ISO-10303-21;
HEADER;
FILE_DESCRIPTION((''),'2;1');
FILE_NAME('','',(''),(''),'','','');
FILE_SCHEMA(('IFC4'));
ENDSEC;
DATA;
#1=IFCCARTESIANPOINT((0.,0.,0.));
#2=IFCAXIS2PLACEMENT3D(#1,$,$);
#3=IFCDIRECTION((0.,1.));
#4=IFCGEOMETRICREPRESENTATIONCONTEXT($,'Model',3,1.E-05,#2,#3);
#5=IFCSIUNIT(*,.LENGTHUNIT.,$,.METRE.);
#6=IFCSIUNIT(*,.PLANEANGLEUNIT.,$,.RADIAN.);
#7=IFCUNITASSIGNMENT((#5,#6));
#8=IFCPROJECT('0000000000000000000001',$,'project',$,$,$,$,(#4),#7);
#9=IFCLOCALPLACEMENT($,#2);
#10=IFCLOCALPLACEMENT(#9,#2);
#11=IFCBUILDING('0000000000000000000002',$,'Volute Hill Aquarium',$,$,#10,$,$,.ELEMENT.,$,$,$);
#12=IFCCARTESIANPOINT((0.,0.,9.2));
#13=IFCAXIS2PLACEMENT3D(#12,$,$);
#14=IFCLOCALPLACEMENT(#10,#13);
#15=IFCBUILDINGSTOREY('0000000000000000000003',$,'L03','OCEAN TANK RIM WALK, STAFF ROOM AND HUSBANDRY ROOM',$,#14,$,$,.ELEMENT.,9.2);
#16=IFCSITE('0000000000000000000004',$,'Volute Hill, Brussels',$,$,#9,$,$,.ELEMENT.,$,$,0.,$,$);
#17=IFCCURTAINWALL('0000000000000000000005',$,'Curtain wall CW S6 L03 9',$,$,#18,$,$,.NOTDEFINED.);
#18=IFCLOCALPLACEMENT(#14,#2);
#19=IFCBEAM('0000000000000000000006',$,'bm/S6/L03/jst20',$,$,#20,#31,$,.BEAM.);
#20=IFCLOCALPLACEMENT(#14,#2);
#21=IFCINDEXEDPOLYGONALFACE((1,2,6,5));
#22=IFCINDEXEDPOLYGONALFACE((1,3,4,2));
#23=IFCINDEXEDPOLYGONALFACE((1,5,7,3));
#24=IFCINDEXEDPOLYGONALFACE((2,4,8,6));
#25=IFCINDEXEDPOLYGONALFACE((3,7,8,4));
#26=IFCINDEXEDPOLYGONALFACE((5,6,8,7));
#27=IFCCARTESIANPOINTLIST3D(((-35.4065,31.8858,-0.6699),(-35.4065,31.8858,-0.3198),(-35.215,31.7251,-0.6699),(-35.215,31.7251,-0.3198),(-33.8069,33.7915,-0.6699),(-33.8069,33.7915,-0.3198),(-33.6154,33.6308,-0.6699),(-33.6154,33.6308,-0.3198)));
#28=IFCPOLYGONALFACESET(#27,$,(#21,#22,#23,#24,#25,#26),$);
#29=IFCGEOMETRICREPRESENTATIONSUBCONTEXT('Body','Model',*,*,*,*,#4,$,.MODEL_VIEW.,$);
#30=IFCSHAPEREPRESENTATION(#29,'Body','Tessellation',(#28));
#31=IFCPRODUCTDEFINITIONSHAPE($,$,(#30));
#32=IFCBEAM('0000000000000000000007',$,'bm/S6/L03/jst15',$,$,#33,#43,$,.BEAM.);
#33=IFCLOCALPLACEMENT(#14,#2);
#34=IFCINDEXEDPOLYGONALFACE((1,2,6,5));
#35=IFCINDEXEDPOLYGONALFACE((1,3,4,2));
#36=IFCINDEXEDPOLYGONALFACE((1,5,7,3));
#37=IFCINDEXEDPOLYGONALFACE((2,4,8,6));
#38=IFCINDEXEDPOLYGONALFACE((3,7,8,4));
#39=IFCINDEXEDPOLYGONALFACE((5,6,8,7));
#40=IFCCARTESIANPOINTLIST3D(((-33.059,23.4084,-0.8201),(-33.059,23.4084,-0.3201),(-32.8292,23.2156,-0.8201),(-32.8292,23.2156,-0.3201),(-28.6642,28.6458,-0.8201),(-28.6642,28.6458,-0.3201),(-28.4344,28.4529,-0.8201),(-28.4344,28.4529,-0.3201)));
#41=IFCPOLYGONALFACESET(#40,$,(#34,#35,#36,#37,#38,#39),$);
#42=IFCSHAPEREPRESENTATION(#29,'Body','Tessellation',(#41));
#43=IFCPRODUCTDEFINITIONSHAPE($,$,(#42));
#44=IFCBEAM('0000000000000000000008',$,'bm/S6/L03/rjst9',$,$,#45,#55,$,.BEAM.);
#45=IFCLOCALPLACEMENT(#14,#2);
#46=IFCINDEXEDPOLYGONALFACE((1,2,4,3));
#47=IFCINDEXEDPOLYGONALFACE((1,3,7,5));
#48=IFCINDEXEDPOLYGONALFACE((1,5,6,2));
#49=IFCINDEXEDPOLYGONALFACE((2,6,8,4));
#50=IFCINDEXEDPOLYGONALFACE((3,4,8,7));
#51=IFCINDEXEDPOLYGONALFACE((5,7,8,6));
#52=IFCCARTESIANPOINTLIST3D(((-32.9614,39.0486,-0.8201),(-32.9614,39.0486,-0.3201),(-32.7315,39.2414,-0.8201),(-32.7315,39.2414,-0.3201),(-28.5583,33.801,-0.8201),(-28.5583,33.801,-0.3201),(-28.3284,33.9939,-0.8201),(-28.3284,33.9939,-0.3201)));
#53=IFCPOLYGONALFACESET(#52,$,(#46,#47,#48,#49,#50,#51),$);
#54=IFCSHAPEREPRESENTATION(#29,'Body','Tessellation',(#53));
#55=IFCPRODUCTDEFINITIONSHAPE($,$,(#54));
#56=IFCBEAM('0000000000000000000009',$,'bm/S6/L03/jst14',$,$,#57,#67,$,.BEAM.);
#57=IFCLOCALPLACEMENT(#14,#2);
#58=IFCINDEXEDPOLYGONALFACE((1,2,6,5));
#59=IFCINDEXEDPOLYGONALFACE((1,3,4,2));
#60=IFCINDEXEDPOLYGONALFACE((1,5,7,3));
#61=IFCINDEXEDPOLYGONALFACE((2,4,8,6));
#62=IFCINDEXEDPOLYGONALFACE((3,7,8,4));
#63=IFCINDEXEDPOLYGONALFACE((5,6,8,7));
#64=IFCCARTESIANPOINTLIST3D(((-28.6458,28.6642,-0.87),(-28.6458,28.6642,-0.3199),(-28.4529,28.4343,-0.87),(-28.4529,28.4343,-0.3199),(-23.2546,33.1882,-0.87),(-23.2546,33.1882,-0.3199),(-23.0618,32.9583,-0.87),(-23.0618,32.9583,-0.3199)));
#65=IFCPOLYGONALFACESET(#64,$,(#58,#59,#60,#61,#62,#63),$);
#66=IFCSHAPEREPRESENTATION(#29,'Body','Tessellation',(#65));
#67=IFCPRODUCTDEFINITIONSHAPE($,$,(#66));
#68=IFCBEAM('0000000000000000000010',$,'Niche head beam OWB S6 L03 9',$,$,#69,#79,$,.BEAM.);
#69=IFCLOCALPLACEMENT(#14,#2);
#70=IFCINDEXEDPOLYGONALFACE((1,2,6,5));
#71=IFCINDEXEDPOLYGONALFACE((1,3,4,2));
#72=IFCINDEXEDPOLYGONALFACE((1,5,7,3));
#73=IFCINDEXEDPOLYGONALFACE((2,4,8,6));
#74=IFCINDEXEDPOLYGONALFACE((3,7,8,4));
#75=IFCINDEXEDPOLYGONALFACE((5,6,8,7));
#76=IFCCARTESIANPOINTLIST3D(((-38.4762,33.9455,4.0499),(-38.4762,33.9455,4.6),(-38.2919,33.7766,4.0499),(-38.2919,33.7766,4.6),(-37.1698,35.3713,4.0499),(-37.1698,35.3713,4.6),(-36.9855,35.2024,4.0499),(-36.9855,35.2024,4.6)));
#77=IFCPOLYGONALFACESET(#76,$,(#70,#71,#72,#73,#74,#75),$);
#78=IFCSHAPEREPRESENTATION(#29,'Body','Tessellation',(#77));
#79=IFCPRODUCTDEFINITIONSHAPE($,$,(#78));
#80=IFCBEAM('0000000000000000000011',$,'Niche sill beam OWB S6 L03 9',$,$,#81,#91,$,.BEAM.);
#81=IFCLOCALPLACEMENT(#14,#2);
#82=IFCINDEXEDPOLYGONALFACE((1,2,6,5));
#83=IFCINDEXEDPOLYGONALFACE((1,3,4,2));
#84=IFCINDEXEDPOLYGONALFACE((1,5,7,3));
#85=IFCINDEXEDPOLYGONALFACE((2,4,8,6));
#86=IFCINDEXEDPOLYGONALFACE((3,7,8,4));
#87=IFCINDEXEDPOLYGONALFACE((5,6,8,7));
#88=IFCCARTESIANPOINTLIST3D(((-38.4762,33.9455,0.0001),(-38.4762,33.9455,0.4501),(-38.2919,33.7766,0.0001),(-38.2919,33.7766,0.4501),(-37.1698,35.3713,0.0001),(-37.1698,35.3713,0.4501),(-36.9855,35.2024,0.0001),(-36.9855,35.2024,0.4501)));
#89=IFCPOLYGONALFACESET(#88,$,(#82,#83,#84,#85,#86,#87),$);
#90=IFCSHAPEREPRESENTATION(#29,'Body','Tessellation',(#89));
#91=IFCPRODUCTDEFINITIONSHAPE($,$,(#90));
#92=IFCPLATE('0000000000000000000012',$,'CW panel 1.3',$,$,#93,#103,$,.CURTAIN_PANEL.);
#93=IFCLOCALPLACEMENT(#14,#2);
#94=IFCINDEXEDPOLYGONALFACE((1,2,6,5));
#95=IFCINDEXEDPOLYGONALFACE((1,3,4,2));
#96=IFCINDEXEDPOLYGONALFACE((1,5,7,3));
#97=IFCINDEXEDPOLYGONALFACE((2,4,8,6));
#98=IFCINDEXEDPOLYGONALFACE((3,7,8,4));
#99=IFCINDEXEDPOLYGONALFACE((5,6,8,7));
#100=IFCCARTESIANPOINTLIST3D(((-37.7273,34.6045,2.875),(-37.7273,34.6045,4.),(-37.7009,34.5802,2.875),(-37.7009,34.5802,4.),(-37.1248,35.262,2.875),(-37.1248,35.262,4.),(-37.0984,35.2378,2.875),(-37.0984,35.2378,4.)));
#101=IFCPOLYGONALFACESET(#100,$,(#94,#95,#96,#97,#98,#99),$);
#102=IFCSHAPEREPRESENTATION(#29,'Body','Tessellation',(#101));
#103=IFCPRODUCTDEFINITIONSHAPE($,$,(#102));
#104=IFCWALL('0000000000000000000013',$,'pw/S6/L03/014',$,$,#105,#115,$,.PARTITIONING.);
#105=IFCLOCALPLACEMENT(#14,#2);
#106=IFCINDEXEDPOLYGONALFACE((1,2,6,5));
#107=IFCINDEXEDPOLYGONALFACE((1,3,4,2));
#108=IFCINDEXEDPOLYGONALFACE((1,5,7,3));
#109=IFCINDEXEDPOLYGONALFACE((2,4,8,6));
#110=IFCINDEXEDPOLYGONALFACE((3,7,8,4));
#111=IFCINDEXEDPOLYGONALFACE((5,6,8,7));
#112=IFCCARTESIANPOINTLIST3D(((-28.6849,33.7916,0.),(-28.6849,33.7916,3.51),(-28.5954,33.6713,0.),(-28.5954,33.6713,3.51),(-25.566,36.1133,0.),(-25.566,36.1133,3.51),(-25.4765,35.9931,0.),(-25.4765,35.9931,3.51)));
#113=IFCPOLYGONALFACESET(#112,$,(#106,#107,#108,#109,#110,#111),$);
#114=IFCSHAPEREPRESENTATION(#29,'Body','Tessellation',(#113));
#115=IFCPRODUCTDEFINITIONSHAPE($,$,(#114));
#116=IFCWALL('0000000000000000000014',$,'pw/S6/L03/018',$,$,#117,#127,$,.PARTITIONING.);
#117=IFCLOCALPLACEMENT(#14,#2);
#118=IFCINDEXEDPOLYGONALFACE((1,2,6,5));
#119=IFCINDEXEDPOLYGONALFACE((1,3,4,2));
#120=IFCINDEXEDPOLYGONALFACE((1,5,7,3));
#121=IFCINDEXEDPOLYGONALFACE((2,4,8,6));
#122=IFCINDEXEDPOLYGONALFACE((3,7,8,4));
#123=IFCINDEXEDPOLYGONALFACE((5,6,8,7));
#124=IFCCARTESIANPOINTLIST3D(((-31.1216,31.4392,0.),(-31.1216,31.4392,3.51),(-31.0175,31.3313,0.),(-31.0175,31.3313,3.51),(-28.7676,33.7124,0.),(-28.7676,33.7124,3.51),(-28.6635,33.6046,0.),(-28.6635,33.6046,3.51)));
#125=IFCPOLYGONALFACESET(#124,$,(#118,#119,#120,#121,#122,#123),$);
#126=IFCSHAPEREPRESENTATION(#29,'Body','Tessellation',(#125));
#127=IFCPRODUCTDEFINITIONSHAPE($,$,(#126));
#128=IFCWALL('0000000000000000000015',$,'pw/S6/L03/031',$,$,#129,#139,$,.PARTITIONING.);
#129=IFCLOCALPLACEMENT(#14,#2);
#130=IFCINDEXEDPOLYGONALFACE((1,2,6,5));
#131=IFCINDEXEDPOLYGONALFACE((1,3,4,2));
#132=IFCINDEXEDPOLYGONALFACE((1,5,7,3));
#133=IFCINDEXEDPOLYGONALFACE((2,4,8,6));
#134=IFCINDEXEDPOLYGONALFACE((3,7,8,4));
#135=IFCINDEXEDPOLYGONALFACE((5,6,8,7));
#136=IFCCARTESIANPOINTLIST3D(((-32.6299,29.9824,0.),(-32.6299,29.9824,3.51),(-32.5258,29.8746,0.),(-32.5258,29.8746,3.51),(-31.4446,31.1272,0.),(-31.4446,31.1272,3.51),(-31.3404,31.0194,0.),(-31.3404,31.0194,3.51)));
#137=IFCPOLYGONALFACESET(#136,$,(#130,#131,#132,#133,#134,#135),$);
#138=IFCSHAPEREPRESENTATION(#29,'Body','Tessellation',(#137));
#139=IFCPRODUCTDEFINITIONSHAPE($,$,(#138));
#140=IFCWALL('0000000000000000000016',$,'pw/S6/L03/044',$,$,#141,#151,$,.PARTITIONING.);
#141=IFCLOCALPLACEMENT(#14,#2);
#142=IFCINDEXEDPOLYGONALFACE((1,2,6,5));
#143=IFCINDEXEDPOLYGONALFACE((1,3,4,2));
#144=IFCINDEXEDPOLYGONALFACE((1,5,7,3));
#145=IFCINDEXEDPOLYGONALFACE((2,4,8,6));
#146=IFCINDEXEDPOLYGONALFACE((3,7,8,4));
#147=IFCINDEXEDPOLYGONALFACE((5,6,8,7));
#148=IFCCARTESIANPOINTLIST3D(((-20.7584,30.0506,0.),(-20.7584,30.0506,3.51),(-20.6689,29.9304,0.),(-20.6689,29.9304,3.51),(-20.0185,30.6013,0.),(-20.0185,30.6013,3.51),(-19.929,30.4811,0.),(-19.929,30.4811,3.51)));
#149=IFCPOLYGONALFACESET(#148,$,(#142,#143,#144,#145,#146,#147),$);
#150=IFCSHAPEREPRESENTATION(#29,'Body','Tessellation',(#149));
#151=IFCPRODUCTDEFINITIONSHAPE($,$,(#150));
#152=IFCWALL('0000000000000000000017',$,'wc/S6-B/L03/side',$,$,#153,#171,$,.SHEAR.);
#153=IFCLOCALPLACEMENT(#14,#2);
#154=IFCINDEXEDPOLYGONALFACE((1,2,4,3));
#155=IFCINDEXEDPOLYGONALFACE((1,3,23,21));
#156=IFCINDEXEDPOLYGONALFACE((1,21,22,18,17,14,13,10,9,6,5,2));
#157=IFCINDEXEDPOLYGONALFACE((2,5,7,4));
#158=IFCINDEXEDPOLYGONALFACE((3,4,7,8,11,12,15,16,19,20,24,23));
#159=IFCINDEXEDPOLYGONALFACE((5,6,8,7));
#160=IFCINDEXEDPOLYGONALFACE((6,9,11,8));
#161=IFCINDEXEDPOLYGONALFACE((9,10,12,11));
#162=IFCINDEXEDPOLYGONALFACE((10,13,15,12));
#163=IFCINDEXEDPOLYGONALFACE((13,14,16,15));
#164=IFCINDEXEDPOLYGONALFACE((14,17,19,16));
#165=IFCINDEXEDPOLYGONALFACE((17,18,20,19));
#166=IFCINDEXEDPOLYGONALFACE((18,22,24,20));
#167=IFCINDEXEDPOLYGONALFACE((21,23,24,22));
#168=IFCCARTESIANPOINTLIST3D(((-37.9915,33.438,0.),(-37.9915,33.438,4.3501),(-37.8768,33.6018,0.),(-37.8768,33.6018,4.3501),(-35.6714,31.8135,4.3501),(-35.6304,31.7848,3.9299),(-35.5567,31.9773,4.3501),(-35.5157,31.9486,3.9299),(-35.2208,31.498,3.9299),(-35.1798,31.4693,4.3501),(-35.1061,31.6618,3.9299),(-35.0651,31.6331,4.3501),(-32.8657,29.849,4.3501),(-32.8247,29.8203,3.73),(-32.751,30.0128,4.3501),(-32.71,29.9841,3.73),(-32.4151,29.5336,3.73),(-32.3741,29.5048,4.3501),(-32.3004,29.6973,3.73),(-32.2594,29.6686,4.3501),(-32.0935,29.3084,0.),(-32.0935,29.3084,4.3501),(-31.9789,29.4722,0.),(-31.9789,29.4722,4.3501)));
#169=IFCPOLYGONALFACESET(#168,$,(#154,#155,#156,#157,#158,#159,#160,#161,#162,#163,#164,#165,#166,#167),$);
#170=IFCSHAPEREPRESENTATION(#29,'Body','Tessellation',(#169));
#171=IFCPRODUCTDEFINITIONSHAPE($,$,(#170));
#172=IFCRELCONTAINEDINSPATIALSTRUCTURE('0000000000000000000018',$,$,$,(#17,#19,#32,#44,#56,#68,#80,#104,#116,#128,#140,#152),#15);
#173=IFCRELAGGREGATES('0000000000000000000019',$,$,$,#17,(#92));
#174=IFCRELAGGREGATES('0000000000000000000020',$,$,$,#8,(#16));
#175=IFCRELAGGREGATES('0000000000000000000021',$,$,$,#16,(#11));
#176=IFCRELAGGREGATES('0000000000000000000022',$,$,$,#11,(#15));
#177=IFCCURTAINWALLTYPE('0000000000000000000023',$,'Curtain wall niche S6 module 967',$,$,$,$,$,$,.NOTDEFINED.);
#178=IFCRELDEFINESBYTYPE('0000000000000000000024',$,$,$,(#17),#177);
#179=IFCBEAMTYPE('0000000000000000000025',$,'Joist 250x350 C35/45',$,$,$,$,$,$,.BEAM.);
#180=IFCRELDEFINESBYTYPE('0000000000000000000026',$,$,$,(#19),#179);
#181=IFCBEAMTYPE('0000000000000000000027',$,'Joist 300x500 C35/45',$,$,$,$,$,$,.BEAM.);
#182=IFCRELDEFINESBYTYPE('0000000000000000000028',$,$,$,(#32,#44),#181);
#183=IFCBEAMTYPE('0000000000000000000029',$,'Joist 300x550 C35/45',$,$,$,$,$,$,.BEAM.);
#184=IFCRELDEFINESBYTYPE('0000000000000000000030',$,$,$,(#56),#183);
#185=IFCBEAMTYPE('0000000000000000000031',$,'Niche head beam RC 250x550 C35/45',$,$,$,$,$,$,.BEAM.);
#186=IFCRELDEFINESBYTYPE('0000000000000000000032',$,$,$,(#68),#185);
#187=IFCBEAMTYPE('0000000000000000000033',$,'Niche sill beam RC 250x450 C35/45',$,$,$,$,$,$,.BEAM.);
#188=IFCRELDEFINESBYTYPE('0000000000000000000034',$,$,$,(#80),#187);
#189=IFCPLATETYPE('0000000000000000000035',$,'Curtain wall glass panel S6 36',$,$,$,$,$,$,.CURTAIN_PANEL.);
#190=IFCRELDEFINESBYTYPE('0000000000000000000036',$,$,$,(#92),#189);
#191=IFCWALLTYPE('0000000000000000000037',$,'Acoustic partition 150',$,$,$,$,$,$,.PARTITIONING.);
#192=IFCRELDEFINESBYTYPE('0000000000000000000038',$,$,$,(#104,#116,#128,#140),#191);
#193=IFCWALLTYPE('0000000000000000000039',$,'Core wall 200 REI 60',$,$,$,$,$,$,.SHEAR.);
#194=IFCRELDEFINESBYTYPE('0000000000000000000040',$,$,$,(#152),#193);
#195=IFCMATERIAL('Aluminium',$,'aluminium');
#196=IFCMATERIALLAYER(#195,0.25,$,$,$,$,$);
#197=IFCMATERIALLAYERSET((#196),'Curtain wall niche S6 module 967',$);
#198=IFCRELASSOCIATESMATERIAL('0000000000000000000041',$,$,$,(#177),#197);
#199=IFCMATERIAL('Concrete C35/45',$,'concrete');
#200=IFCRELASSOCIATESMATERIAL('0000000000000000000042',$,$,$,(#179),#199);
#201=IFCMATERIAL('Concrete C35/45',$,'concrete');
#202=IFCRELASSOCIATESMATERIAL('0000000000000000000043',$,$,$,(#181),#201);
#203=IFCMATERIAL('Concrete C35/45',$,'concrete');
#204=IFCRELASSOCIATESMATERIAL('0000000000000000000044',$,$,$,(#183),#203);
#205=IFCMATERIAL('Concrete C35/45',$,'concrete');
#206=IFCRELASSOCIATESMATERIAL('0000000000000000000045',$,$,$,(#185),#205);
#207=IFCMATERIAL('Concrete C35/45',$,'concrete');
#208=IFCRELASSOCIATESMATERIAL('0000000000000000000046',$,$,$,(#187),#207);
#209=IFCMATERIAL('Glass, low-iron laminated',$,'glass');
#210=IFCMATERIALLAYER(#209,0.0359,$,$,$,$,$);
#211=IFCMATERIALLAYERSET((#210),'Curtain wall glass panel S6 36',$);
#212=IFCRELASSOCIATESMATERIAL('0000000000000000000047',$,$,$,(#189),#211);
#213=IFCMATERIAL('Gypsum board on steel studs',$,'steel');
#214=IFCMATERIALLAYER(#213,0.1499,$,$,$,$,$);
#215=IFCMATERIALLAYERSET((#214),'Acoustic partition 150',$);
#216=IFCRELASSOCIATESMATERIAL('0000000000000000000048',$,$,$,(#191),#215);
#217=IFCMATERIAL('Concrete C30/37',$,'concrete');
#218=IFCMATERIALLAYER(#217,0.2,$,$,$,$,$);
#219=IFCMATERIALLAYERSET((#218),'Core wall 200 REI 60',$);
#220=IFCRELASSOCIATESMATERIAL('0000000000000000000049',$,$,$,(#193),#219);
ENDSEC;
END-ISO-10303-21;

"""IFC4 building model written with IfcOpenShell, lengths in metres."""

from ifc_helpers import new_model, si_unit, direction, frame, frame_2d, origin, origin_2d, place, context, subcontext, project, spatial, polyline, rectangle, outline, extrude, material, layer, layer_set, material_profile, profile_set, type_object, element, aggregate, save


model = new_model("IFC4")

# Units and contexts
model_context = context("Model", 3, precision=1e-05, world=origin(), true_north=direction((0.0, 1.0)))
body_context = subcontext(model_context, "Body", "Model", "MODEL_VIEW")
ifc_project = project(units=[si_unit("LENGTHUNIT", "METRE"), si_unit("PLANEANGLEUNIT", "RADIAN")], contexts=[model_context])

# Site, building, storey
site_placement = place(None, origin())
site = spatial("IfcSite", under=ifc_project, at=site_placement, Name="Volute Hill, Brussels", CompositionType="ELEMENT", RefElevation=0.0)
building_placement = place(site_placement, origin())
building = spatial("IfcBuilding", under=site, at=building_placement, Name="Volute Hill Aquarium", CompositionType="ELEMENT")
storey_placement = place(building_placement, frame((0.0, 0.0, 9.2)))
storey = spatial("IfcBuildingStorey", under=building, at=storey_placement, Name="L03", Description="OCEAN TANK RIM WALK, STAFF ROOM AND HUSBANDRY ROOM", CompositionType="ELEMENT", Elevation=9.2)

# Curtain wall
ifc_material_1 = material(Name="Aluminium", Category="aluminium")
ifc_layer_1 = layer(ifc_material_1, 0.25)
ifc_layer_set_1 = layer_set([ifc_layer_1], Name="Curtain wall niche S6 module 967")
curtain_wall_type = type_object("IfcCurtainWallType", Name="Curtain wall niche S6 module 967", PredefinedType="NOTDEFINED", material=ifc_layer_set_1)
curtain_wall_placement = place(storey_placement, origin())
curtain_wall = element("IfcCurtainWall", 1, at=curtain_wall_placement, inside=storey, type_object=curtain_wall_type, Name="Curtain wall CW S6 L03 9", PredefinedType="NOTDEFINED")

# Beams
ifc_material_2 = material(Name="Concrete C35/45", Category="concrete")
ifc_material_profile_1 = material_profile(ifc_material_2, rectangle(XDim=0.25, YDim=0.3501, at=origin_2d()), Name="RC joist 250x350")
ifc_profile_set_1 = profile_set([ifc_material_profile_1], Name="Concrete C35/45")
beam_type_1 = type_object("IfcBeamType", Name="Joist 250x350 C35/45", PredefinedType="BEAM", material=ifc_profile_set_1)
beam_1_placement = place(storey_placement, frame((-33.7112, 33.7112, -0.4949), z_axis=(-0.642902, -0.765948, 0.0), x_axis=(0.765948, -0.642902, 0.0)))
element("IfcBeam", 2, at=beam_1_placement, inside=storey, type_object=beam_type_1, Name="bm/S6/L03/jst20", PredefinedType="BEAM", context=body_context, shape_type="SweptSolid", body=[
    extrude(rectangle(XDim=0.25, YDim=0.3501, at=origin_2d()), origin(), (0.0, 0.0, 1.0), 2.488),
])
ifc_material_3 = material(Name="Concrete C35/45", Category="concrete")
ifc_material_profile_2 = material_profile(ifc_material_3, rectangle(XDim=0.3, YDim=0.5, at=origin_2d()), Name="RC joist 300x500")
ifc_profile_set_2 = profile_set([ifc_material_profile_2], Name="Concrete C35/45")
beam_type_2 = type_object("IfcBeamType", Name="Joist 300x500 C35/45", PredefinedType="BEAM", material=ifc_profile_set_2)
beam_2_placement = place(storey_placement, frame((-28.5493, 28.5493, -0.5701), z_axis=(-0.642801, -0.766033, 0.0), x_axis=(0.766033, -0.642801, 0.0)))
element("IfcBeam", 3, at=beam_2_placement, inside=storey, type_object=beam_type_2, Name="bm/S6/L03/jst15", PredefinedType="BEAM", context=body_context, shape_type="SweptSolid", body=[
    extrude(rectangle(XDim=0.3, YDim=0.5, at=origin_2d()), origin(), (0.0, 0.0, 1.0), 6.8369),
])
beam_3_placement = place(storey_placement, frame((-28.4434, 33.8975, -0.5701), z_axis=(-0.642775, 0.766055, 0.0), x_axis=(-0.766055, -0.642775, 0.0)))
element("IfcBeam", 4, at=beam_3_placement, inside=storey, type_object=beam_type_2, Name="bm/S6/L03/rjst9", PredefinedType="BEAM", context=body_context, shape_type="SweptSolid", body=[
    extrude(rectangle(XDim=0.3, YDim=0.5, at=origin_2d()), origin(), (0.0, 0.0, 1.0), 6.8501),
])
ifc_material_4 = material(Name="Concrete C35/45", Category="concrete")
ifc_material_profile_3 = material_profile(ifc_material_4, rectangle(XDim=0.3, YDim=0.55, at=origin_2d()), Name="RC joist 300x550")
ifc_profile_set_3 = profile_set([ifc_material_profile_3], Name="Concrete C35/45")
beam_type_3 = type_object("IfcBeamType", Name="Joist 300x550 C35/45", PredefinedType="BEAM", material=ifc_profile_set_3)
beam_4_placement = place(storey_placement, frame((-23.1582, 33.0732, -0.595), z_axis=(-0.766027, -0.642808, 0.0), x_axis=(0.642808, -0.766027, 0.0)))
element("IfcBeam", 5, at=beam_4_placement, inside=storey, type_object=beam_type_3, Name="bm/S6/L03/jst14", PredefinedType="BEAM", context=body_context, shape_type="SweptSolid", body=[
    extrude(rectangle(XDim=0.3, YDim=0.55, at=origin_2d()), origin(), (0.0, 0.0, 1.0), 7.0378),
])
ifc_material_5 = material(Name="Concrete C35/45", Category="concrete")
ifc_material_profile_4 = material_profile(ifc_material_5, rectangle(XDim=0.25, YDim=0.55, at=origin_2d()), Name="RC beam 250x550")
ifc_profile_set_4 = profile_set([ifc_material_profile_4], Name="Concrete C35/45")
beam_type_4 = type_object("IfcBeamType", Name="Niche head beam RC 250x550 C35/45", PredefinedType="BEAM", material=ifc_profile_set_4)
beam_5_placement = place(storey_placement, frame((-37.0776, 35.2869, 4.325), z_axis=(-0.675565, -0.737301, 0.0), x_axis=(0.737301, -0.675565, 0.0)))
element("IfcBeam", 6, at=beam_5_placement, inside=storey, type_object=beam_type_4, Name="Niche head beam OWB S6 L03 9", PredefinedType="BEAM", context=body_context, shape_type="SweptSolid", body=[
    extrude(rectangle(XDim=0.25, YDim=0.55, at=origin_2d()), origin(), (0.0, 0.0, 1.0), 1.9338),
])
ifc_material_6 = material(Name="Concrete C35/45", Category="concrete")
ifc_material_profile_5 = material_profile(ifc_material_6, rectangle(XDim=0.25, YDim=0.45, at=origin_2d()), Name="RC beam 250x450")
ifc_profile_set_5 = profile_set([ifc_material_profile_5], Name="Concrete C35/45")
beam_type_5 = type_object("IfcBeamType", Name="Niche sill beam RC 250x450 C35/45", PredefinedType="BEAM", material=ifc_profile_set_5)
beam_6_placement = place(storey_placement, frame((-37.0776, 35.2869, 0.2251), z_axis=(-0.675565, -0.737301, 0.0), x_axis=(0.737301, -0.675565, 0.0)))
element("IfcBeam", 7, at=beam_6_placement, inside=storey, type_object=beam_type_5, Name="Niche sill beam OWB S6 L03 9", PredefinedType="BEAM", context=body_context, shape_type="SweptSolid", body=[
    extrude(rectangle(XDim=0.25, YDim=0.45, at=origin_2d()), origin(), (0.0, 0.0, 1.0), 1.9338),
])

# Plate
ifc_material_7 = material(Name="Glass, low-iron laminated", Category="glass")
ifc_layer_2 = layer(ifc_material_7, 0.0359)
ifc_layer_set_2 = layer_set([ifc_layer_2], Name="Curtain wall glass panel S6 36")
plate_type = type_object("IfcPlateType", Name="Curtain wall glass panel S6 36", PredefinedType="CURTAIN_PANEL", material=ifc_layer_set_2)
plate_placement = place(storey_placement, frame((-37.4128, 34.9211, 2.875), z_axis=(0.0, 0.0, 1.0), x_axis=(-0.675582, -0.737285, 0.0)))
plate = element("IfcPlate", 8, at=plate_placement, type_object=plate_type, Name="CW panel 1.3", PredefinedType="CURTAIN_PANEL", context=body_context, shape_type="SweptSolid", body=[
    extrude(rectangle(XDim=0.8918, YDim=0.0359, at=origin_2d()), origin(), (0.0, 0.0, 1.0), 1.125),
])
aggregate(curtain_wall, [plate])

# Walls
ifc_material_8 = material(Name="Gypsum board on steel studs", Category="steel")
ifc_layer_3 = layer(ifc_material_8, 0.1499)
ifc_layer_set_3 = layer_set([ifc_layer_3], Name="Acoustic partition 150")
wall_type_1 = type_object("IfcWallType", Name="Acoustic partition 150", PredefinedType="PARTITIONING", material=ifc_layer_set_3)
wall_1_placement = place(storey_placement, frame((-28.6401, 33.7314, 0.0), z_axis=(0.0, 0.0, 1.0), x_axis=(0.802142, 0.597133, 0.0)))
element("IfcWall", 9, at=wall_1_placement, inside=storey, type_object=wall_type_1, Name="pw/S6/L03/014", PredefinedType="PARTITIONING", context=body_context, shape_type="SweptSolid", body=[
    extrude(rectangle(XDim=3.8882, YDim=0.1499, at=frame_2d((1.9441, 0.0))), origin(), (0.0, 0.0, 1.0), 3.51),
])
wall_2_placement = place(storey_placement, frame((-31.0696, 31.3853, 0.0), z_axis=(0.0, 0.0, 1.0), x_axis=(0.719346, 0.694652, 0.0)))
element("IfcWall", 10, at=wall_2_placement, inside=storey, type_object=wall_type_1, Name="pw/S6/L03/018", PredefinedType="PARTITIONING", context=body_context, shape_type="SweptSolid", body=[
    extrude(rectangle(XDim=3.2725, YDim=0.1499, at=frame_2d((1.6362, 0.0))), origin(), (0.0, 0.0, 1.0), 3.51),
])
wall_3_placement = place(storey_placement, frame((-32.5779, 29.9285, 0.0), z_axis=(0.0, 0.0, 1.0), x_axis=(0.719297, 0.694703, 0.0)))
element("IfcWall", 11, at=wall_3_placement, inside=storey, type_object=wall_type_1, Name="pw/S6/L03/031", PredefinedType="PARTITIONING", context=body_context, shape_type="SweptSolid", body=[
    extrude(rectangle(XDim=1.6479, YDim=0.1499, at=frame_2d((0.824, 0.0))), origin(), (0.0, 0.0, 1.0), 3.51),
])
wall_4_placement = place(storey_placement, frame((-20.7136, 29.9905, 0.0), z_axis=(0.0, 0.0, 1.0), x_axis=(0.802186, 0.597074, 0.0)))
element("IfcWall", 12, at=wall_4_placement, inside=storey, type_object=wall_type_1, Name="pw/S6/L03/044", PredefinedType="PARTITIONING", context=body_context, shape_type="SweptSolid", body=[
    extrude(rectangle(XDim=0.9224, YDim=0.1499, at=frame_2d((0.4612, 0.0))), origin(), (0.0, 0.0, 1.0), 3.51),
])
ifc_material_9 = material(Name="Concrete C30/37", Category="concrete")
ifc_layer_4 = layer(ifc_material_9, 0.2)
ifc_layer_set_4 = layer_set([ifc_layer_4], Name="Core wall 200 REI 60")
wall_type_2 = type_object("IfcWallType", Name="Core wall 200 REI 60", PredefinedType="SHEAR", material=ifc_layer_set_4)
wall_5_placement = place(storey_placement, frame((-32.0361, 29.3904, 0.0), z_axis=(0.0, 0.0, 1.0), x_axis=(-0.819162, 0.573562, 0.0)))
element("IfcWall", 13, at=wall_5_placement, inside=storey, type_object=wall_type_2, Name="wc/S6-B/L03/side", PredefinedType="SHEAR", context=body_context, shape_type="SweptSolid", body=[
    extrude(outline(polyline([(0.0, 0.0), (7.2, 0.0), (7.2, 4.3501), (4.3677, 4.3501), (4.3176, 3.9299), (3.8176, 3.9299), (3.7676, 4.3501), (0.9426, 4.3501), (0.8926, 3.73), (0.3926, 3.73), (0.3425, 4.3501), (0.0, 4.3501), (0.0, 0.0)])), frame((0.0, 0.1001, 0.0), z_axis=(0.0, -1.0, 0.0), x_axis=(1.0, 0.0, 0.0)), (0.0, 0.0, 1.0), 0.2),
])

save(model, "model.ifc")
